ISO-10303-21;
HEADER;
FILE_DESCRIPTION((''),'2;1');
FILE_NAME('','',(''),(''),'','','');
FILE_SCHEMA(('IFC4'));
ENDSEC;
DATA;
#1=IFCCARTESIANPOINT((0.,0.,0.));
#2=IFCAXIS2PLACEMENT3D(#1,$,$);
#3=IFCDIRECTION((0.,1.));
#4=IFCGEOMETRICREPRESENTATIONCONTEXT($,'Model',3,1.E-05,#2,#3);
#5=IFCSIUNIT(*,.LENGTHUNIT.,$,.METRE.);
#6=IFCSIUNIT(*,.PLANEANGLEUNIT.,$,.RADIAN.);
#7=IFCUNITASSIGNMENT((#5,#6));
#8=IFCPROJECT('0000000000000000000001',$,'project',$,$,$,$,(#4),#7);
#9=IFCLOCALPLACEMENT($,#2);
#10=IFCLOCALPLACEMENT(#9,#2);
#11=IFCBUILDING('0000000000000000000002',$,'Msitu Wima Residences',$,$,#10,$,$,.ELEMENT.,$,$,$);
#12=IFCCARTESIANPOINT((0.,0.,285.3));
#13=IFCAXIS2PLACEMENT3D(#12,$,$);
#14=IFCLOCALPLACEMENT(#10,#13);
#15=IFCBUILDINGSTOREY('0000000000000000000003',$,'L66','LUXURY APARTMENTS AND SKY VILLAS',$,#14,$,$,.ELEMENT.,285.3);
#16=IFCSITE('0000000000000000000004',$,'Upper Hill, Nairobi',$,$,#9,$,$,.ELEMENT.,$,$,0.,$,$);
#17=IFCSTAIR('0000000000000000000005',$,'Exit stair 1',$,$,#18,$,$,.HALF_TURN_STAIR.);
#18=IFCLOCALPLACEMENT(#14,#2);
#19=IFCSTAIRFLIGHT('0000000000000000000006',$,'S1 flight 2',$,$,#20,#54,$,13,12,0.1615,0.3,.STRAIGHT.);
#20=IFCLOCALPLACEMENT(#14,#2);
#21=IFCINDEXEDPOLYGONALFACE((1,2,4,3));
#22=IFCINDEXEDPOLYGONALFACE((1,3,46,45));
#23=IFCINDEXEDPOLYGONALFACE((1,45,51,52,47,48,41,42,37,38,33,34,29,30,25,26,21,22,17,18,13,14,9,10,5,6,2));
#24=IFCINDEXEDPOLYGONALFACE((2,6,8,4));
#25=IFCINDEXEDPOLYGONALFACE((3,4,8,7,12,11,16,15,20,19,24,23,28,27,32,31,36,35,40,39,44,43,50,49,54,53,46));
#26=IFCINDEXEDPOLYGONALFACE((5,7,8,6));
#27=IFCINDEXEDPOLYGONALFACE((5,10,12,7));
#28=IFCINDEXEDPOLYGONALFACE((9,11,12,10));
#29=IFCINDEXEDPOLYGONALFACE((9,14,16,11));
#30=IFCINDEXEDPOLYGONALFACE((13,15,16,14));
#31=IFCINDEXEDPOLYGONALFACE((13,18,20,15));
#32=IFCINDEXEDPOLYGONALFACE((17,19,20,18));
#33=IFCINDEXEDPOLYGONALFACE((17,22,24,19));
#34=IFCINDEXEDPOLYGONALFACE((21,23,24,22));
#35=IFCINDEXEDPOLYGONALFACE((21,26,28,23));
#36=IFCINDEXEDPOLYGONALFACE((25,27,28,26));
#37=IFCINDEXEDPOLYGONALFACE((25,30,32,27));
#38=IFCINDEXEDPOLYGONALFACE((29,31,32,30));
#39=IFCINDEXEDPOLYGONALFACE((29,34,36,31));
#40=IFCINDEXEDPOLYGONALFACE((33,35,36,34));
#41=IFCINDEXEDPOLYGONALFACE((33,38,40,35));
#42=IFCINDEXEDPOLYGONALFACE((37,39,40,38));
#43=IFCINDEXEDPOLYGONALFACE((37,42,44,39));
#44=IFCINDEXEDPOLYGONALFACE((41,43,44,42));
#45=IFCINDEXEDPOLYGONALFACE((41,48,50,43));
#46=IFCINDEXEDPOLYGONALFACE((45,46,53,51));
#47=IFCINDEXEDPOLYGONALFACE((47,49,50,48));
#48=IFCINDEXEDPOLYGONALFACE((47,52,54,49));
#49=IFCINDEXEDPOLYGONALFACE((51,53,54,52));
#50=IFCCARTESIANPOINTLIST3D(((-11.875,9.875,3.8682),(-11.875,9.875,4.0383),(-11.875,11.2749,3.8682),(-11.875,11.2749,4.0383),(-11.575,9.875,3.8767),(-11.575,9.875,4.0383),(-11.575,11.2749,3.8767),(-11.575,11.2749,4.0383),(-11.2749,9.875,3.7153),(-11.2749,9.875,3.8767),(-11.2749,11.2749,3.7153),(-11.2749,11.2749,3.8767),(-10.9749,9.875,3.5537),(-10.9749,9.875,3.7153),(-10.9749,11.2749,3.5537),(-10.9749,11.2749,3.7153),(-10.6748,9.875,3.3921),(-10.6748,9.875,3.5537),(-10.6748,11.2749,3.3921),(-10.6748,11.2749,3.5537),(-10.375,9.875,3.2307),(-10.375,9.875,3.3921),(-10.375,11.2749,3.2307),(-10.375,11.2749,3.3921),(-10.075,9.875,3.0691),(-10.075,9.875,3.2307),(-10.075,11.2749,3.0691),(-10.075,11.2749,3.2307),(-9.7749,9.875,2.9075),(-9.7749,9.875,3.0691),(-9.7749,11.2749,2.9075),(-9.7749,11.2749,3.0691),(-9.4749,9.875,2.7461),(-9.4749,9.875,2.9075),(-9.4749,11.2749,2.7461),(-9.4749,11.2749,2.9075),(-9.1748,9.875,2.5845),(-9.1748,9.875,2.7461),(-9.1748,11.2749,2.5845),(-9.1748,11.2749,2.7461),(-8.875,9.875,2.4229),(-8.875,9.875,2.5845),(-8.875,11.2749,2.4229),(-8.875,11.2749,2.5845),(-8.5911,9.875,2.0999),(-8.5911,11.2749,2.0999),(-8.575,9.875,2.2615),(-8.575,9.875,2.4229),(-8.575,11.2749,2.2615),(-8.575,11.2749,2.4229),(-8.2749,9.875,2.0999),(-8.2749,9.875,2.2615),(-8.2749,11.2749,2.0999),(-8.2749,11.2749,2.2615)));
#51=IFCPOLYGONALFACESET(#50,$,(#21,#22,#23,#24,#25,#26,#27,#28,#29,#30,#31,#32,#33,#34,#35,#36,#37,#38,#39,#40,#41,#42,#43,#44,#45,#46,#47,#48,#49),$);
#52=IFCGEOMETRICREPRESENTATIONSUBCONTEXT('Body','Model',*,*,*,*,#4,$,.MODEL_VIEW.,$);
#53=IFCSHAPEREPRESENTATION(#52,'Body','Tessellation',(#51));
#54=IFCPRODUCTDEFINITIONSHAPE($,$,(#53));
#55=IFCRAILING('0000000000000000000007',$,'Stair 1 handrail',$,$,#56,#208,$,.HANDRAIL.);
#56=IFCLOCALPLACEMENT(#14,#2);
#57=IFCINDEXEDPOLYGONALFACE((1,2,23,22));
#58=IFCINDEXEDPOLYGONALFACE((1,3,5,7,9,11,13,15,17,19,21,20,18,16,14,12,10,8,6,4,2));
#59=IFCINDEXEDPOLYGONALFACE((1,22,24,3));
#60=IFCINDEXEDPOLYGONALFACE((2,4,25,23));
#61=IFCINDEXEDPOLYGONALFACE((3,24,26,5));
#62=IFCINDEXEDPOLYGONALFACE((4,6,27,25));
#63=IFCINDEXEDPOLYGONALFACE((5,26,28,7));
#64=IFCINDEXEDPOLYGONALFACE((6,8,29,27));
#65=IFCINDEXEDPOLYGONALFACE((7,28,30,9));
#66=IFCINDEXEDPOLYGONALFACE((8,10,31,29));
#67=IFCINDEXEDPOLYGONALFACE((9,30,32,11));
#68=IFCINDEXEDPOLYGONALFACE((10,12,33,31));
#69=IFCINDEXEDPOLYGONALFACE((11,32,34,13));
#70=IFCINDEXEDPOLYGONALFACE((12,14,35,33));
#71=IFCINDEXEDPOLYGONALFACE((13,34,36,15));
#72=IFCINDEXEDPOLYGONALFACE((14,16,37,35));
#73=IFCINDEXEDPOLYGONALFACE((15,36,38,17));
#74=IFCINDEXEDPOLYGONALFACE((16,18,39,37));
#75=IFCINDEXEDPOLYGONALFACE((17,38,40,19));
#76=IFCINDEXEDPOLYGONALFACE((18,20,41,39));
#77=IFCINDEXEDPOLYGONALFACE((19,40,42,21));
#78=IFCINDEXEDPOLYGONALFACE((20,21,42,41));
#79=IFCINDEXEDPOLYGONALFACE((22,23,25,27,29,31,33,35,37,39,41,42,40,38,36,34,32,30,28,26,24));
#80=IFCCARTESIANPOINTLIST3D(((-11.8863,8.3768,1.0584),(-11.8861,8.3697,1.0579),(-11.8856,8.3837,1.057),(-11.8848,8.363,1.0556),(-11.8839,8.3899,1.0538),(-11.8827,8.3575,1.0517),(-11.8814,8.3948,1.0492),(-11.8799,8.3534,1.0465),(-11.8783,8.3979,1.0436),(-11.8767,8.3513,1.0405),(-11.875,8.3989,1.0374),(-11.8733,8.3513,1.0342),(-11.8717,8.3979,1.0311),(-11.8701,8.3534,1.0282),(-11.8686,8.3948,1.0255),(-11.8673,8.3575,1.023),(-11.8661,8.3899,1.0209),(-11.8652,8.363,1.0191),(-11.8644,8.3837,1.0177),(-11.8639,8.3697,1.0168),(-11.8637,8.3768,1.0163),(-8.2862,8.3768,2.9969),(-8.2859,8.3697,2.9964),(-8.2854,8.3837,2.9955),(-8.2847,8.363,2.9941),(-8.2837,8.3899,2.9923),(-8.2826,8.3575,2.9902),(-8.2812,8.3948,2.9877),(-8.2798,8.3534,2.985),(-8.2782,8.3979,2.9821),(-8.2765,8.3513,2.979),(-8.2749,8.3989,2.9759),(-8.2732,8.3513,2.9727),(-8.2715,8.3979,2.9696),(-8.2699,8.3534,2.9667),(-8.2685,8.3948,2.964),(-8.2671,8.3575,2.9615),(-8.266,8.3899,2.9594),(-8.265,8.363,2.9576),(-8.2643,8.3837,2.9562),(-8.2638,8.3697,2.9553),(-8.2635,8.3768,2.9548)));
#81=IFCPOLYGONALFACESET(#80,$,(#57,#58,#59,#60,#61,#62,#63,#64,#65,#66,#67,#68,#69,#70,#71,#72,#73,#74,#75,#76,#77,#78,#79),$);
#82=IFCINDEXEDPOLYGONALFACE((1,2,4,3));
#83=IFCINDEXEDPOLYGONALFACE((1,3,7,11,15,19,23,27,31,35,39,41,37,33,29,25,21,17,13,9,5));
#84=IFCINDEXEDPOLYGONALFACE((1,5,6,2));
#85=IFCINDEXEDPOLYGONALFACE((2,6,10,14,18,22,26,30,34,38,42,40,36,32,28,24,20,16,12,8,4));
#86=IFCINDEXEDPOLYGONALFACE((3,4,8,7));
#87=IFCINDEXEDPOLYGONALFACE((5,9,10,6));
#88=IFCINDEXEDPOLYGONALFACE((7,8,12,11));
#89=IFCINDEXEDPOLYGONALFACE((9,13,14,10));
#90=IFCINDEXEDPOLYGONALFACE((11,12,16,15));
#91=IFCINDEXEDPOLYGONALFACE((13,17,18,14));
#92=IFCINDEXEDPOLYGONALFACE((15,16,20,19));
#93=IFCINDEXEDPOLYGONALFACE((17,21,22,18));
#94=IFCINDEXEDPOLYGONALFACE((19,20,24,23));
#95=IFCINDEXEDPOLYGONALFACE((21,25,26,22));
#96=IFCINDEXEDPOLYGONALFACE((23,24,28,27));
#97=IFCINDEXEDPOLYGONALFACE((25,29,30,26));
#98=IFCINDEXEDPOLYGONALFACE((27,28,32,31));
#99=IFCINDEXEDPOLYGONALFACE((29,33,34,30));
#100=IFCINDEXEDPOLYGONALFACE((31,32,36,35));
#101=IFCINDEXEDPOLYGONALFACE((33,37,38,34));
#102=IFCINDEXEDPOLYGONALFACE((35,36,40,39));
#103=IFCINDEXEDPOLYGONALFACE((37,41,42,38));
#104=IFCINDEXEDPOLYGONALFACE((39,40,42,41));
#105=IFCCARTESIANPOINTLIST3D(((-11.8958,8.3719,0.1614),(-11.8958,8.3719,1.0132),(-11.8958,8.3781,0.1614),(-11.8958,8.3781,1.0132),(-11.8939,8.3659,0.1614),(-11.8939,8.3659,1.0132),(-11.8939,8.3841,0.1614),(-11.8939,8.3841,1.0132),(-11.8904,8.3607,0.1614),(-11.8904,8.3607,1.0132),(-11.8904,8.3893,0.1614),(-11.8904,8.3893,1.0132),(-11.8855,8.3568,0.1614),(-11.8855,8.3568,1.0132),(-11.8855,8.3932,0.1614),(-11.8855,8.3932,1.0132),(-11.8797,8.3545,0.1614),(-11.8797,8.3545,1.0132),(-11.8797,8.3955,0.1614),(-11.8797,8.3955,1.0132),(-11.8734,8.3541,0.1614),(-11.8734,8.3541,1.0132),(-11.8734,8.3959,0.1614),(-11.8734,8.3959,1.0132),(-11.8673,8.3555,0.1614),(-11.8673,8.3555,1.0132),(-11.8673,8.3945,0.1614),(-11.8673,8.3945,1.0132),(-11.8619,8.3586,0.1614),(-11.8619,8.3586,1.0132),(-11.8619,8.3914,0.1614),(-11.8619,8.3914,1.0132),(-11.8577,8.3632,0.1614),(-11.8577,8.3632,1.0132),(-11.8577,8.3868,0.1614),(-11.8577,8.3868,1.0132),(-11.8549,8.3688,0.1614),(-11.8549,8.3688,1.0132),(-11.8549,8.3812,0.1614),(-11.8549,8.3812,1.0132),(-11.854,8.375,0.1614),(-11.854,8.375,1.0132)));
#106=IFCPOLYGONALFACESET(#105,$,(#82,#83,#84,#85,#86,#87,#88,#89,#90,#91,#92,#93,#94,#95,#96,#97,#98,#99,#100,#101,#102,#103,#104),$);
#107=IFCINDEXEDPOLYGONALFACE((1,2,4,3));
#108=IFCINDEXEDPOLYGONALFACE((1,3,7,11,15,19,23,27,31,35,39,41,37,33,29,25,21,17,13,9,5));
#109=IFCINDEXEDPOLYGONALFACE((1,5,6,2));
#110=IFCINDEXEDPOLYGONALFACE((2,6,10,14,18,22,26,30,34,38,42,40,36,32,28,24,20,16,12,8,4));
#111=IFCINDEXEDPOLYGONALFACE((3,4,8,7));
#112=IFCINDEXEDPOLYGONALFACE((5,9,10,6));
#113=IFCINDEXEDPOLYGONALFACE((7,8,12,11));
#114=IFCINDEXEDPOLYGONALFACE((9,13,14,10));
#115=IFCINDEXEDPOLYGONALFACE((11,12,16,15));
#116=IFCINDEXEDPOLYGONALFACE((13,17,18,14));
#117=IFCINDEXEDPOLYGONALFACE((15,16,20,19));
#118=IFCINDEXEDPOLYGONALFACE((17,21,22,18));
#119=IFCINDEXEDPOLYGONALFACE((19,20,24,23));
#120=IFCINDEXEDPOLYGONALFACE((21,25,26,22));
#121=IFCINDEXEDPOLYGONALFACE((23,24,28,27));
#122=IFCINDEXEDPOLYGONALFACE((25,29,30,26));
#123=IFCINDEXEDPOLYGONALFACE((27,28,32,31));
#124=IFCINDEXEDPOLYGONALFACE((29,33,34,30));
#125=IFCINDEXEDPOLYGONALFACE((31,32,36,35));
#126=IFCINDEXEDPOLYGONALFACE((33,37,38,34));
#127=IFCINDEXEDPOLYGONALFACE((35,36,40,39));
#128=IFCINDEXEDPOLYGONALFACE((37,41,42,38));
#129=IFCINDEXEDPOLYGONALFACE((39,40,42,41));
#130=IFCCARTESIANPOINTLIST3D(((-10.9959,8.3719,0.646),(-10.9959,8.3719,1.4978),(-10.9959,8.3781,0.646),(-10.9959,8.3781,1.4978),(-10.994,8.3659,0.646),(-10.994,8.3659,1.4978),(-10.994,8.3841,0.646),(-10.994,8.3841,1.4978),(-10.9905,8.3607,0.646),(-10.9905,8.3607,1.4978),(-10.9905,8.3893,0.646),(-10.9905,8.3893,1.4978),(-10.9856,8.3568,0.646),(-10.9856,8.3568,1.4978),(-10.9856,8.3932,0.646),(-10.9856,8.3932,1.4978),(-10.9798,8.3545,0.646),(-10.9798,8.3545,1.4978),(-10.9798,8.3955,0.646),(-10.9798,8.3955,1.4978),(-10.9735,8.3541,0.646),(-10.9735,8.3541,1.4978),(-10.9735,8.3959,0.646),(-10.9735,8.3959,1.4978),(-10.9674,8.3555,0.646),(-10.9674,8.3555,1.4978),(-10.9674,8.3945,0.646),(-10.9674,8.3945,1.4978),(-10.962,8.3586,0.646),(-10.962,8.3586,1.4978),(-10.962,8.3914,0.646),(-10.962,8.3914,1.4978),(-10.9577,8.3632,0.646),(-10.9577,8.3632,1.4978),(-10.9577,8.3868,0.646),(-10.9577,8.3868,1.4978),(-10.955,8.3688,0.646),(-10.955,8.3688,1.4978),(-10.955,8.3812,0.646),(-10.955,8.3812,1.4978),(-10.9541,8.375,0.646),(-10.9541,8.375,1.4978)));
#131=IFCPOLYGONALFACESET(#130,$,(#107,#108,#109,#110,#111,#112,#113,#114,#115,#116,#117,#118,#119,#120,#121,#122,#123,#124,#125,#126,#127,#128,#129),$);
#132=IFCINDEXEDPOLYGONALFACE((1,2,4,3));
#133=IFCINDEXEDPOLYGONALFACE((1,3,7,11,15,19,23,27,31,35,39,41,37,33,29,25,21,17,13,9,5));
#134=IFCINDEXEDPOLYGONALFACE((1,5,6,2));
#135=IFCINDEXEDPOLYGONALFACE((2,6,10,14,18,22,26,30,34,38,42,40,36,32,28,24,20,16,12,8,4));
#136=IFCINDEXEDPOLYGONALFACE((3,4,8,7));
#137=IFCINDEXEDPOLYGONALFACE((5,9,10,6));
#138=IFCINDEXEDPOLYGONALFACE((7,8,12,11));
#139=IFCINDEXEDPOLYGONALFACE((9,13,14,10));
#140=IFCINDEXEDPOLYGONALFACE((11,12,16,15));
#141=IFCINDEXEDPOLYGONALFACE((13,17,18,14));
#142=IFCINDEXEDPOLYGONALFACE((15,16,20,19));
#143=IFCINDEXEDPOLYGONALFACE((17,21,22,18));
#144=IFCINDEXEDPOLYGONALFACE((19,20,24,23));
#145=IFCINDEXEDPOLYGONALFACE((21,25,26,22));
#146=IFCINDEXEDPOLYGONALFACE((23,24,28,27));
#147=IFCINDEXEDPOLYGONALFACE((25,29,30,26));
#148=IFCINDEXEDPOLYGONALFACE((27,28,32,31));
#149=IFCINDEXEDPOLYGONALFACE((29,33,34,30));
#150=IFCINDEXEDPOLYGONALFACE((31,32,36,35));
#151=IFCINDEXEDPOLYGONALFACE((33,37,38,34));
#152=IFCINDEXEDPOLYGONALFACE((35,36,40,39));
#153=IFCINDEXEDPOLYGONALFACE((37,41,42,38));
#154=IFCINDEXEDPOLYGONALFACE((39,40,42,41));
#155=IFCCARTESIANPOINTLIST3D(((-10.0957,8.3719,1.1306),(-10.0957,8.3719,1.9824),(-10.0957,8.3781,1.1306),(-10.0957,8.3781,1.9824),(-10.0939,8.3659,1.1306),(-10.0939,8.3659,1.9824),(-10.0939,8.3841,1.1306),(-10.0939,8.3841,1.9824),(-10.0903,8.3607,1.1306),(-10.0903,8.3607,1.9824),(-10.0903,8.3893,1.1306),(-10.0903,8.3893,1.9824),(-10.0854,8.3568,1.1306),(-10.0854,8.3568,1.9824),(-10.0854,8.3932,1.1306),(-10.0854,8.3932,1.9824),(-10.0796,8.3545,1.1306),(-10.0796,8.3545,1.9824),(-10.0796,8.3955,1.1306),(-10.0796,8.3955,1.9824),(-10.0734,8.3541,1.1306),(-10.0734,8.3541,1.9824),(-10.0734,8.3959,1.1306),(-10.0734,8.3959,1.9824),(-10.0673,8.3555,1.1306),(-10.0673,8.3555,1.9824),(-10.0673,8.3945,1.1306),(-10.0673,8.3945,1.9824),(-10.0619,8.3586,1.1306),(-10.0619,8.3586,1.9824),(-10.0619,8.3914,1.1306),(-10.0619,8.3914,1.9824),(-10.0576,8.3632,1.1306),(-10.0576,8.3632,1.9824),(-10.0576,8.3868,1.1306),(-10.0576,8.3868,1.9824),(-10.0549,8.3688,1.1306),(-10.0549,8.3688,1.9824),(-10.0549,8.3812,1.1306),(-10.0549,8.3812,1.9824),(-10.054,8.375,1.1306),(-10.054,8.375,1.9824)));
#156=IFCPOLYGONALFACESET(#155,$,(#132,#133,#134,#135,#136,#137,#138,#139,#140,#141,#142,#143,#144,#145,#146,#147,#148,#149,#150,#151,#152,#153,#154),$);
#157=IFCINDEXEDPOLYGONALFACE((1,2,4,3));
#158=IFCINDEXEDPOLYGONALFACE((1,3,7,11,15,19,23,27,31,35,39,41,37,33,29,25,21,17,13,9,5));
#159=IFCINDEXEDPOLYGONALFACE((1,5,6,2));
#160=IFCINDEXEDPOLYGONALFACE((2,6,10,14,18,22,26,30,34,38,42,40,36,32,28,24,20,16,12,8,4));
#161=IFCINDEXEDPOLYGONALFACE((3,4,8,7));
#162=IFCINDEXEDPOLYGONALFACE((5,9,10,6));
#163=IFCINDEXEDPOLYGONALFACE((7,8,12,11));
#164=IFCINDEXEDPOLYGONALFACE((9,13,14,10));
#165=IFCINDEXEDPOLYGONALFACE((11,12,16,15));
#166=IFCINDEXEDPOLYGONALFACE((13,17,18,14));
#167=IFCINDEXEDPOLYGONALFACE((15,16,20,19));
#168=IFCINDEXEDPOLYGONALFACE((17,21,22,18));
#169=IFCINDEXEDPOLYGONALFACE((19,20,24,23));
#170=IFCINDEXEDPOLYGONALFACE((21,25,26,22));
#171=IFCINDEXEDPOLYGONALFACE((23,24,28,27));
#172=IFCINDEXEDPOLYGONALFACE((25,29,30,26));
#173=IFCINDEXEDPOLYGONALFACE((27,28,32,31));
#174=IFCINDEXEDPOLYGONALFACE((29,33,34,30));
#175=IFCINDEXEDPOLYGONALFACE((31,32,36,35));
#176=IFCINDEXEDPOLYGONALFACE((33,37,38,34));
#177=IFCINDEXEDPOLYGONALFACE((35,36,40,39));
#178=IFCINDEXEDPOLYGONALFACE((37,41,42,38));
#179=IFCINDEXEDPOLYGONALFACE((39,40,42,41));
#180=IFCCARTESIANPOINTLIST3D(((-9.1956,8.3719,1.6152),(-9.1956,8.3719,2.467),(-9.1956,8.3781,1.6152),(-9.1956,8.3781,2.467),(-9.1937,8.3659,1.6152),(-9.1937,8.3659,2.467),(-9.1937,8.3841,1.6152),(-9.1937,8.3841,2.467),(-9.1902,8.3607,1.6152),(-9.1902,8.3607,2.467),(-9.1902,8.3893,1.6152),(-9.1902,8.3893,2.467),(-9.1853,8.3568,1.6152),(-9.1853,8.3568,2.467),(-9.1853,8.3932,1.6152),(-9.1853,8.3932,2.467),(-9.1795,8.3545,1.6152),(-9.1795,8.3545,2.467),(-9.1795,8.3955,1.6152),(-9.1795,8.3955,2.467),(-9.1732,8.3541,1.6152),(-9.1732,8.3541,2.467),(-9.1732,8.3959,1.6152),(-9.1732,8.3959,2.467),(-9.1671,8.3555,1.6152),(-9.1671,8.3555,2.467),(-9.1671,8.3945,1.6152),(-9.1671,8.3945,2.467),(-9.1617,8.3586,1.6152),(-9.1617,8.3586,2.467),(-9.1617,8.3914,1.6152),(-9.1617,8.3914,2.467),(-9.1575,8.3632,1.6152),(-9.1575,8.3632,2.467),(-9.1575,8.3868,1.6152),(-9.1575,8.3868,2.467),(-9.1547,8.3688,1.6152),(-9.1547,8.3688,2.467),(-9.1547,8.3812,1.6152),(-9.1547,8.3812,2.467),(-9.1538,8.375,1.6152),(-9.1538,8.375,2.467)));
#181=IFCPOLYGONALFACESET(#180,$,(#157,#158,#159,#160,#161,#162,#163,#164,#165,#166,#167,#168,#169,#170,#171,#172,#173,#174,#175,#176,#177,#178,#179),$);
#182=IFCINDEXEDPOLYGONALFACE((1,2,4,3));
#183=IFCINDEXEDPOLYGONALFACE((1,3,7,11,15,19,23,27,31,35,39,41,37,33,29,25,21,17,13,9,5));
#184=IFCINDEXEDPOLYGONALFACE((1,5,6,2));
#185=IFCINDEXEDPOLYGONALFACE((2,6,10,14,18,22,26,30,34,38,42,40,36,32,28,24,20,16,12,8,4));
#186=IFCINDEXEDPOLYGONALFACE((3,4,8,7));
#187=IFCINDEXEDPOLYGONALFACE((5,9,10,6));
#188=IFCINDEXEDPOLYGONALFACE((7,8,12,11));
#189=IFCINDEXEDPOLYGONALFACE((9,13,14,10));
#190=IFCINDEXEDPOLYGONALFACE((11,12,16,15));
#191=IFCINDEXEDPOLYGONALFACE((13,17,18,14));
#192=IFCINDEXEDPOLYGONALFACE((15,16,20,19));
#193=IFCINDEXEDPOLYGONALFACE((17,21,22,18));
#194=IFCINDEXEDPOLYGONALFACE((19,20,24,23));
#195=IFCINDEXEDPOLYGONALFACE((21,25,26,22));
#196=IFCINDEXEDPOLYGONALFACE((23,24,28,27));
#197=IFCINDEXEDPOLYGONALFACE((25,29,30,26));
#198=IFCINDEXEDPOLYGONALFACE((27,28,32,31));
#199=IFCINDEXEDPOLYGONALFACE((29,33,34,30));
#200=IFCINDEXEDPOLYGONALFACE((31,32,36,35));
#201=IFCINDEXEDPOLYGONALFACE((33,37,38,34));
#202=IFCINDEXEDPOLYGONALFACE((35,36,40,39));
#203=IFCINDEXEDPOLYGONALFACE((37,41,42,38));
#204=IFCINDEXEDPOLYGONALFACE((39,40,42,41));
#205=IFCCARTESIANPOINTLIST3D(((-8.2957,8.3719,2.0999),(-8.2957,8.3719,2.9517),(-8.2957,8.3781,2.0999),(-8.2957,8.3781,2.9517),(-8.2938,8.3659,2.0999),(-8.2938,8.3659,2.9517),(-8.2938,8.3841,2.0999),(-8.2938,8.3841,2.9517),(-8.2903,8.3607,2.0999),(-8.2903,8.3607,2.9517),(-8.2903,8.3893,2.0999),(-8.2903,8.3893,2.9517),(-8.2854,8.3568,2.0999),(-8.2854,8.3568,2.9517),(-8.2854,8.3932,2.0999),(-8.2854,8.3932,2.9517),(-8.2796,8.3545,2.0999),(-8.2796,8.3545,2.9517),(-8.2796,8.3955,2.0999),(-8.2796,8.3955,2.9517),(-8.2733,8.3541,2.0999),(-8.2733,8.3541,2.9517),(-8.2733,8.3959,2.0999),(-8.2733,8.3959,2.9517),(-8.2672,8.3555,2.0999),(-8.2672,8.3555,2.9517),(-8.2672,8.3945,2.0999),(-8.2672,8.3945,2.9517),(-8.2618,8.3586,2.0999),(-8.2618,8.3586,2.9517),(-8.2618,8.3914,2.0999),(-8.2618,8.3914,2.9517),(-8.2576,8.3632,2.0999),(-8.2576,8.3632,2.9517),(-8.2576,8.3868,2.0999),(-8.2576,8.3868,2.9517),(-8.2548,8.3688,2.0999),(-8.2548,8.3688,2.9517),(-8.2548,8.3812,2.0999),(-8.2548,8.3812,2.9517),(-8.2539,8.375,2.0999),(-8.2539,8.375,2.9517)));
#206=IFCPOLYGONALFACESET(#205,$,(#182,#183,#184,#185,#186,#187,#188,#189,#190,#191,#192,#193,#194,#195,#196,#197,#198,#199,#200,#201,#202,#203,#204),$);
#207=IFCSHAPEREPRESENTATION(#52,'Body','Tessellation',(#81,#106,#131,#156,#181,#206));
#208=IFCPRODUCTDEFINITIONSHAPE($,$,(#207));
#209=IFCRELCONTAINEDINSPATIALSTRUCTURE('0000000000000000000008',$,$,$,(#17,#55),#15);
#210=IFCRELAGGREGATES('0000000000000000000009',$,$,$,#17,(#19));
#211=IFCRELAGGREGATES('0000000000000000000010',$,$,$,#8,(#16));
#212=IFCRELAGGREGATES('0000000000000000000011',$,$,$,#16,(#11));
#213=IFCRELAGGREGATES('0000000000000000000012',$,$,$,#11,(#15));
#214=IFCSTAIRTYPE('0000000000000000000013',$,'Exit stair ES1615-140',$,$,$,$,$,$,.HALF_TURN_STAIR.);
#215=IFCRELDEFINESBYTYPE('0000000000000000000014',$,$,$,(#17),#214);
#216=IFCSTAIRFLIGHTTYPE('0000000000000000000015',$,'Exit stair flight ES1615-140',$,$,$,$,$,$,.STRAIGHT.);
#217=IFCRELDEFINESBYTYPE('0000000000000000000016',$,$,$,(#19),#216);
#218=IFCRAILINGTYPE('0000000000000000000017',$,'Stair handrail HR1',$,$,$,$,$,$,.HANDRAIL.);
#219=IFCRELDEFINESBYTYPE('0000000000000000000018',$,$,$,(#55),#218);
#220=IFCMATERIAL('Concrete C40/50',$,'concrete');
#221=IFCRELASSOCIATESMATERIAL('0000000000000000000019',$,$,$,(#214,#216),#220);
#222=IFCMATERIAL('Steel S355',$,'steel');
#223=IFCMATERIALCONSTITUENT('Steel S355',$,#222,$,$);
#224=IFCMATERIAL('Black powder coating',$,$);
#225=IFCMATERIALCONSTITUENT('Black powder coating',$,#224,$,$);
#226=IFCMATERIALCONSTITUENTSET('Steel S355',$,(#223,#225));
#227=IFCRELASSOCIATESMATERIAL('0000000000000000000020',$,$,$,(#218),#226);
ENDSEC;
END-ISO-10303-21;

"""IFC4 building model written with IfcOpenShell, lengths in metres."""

from ifc_helpers import new_model, si_unit, direction, frame, origin, origin_2d, place, context, subcontext, project, spatial, polyline, circle, outline, extrude, material, constituent, constituent_set, type_object, element, aggregate, save


model = new_model("IFC4")

# Units and contexts
model_context = context("Model", 3, precision=1e-05, world=origin(), true_north=direction((0.0, 1.0)))
body_context = subcontext(model_context, "Body", "Model", "MODEL_VIEW")
ifc_project = project(units=[si_unit("LENGTHUNIT", "METRE"), si_unit("PLANEANGLEUNIT", "RADIAN")], contexts=[model_context])

# Site, building, storey
site_placement = place(None, origin())
site = spatial("IfcSite", under=ifc_project, at=site_placement, Name="Upper Hill, Nairobi", CompositionType="ELEMENT", RefElevation=0.0)
building_placement = place(site_placement, origin())
building = spatial("IfcBuilding", under=site, at=building_placement, Name="Msitu Wima Residences", CompositionType="ELEMENT")
storey_placement = place(building_placement, frame((0.0, 0.0, 285.3)))
storey = spatial("IfcBuildingStorey", under=building, at=storey_placement, Name="L66", Description="LUXURY APARTMENTS AND SKY VILLAS", CompositionType="ELEMENT", Elevation=285.3)

# Shared definitions
ifc_material_1 = material(Name="Concrete C40/50", Category="concrete")

# Stair, stair flight
stair_type = type_object("IfcStairType", Name="Exit stair ES1615-140", PredefinedType="HALF_TURN_STAIR", material=ifc_material_1)
stair_placement = place(storey_placement, origin())
stair = element("IfcStair", 1, at=stair_placement, inside=storey, type_object=stair_type, Name="Exit stair 1", PredefinedType="HALF_TURN_STAIR")
stair_flight_type = type_object("IfcStairFlightType", Name="Exit stair flight ES1615-140", PredefinedType="STRAIGHT", material=ifc_material_1)
stair_flight_1_placement = place(storey_placement, frame((-8.2749, 10.575, 2.0999), z_axis=(0.0, 0.0, 1.0), x_axis=(-1.0, 0.0, 0.0)))
stair_flight_1 = element("IfcStairFlight", 2, at=stair_flight_1_placement, type_object=stair_flight_type, Name="S1 flight 2", NumberOfRisers=13, NumberOfTreads=12, PredefinedType="STRAIGHT", RiserHeight=0.1615, TreadLength=0.3, context=body_context, shape_type="SweptSolid", body=[
    extrude(outline(polyline([(0.0, 0.0), (0.0, 0.1616), (0.3, 0.1616), (0.3, 0.323), (0.6001, 0.323), (0.6001, 0.4846), (0.8999, 0.4846), (0.8999, 0.6462), (1.2, 0.6462), (1.2, 0.8076), (1.5, 0.8076), (1.5, 0.9692), (1.8, 0.9692), (1.8, 1.1309), (2.1001, 1.1309), (2.1001, 1.2922), (2.3999, 1.2922), (2.3999, 1.4539), (2.7, 1.4539), (2.7, 1.6155), (3.0, 1.6155), (3.0, 1.7769), (3.3, 1.7769), (3.3, 1.9385), (3.6001, 1.9385), (3.6001, 2.1001), (3.6001, 1.7683), (0.3162, 0.0), (0.0, 0.0)])), frame((0.0, 0.7, 0.0), z_axis=(0.0, -1.0, 0.0), x_axis=(1.0, 0.0, 0.0)), (0.0, 0.0, 1.0), 1.3999),
])
aggregate(stair, [stair_flight_1])

# Railing
ifc_material_2 = material(Name="Steel S355", Category="steel")
ifc_constituent_1 = constituent(ifc_material_2, Name="Steel S355")
ifc_material_3 = material(Name="Black powder coating")
ifc_constituent_2 = constituent(ifc_material_3, Name="Black powder coating")
ifc_constituent_set = constituent_set(constituents=[ifc_constituent_1, ifc_constituent_2], Name="Steel S355")
railing_type = type_object("IfcRailingType", Name="Stair handrail HR1", PredefinedType="HANDRAIL", material=ifc_constituent_set)
for number, where, name in (
    (3, (-11.875, 8.375, 0.1614), "Stair 1 handrail"),
):
    element("IfcRailing", number, at=place(storey_placement, frame(where)), inside=storey, type_object=railing_type, Name=name, PredefinedType="HANDRAIL", context=body_context, shape_type="SweptSolid", body=[
        extrude(circle(Radius=0.0239, at=origin_2d()), frame((0.0, 0.0, 0.876), z_axis=(0.880475, 0.0, 0.474093), x_axis=(0.0, 1.0, 0.0)), (0.0, 0.0, 1.0), 4.0889),
        extrude(circle(Radius=0.021, at=origin_2d()), origin(), (0.0, 0.0, 1.0), 0.8518),
        extrude(circle(Radius=0.021, at=origin_2d()), frame((0.8999, 0.0, 0.4846)), (0.0, 0.0, 1.0), 0.8518),
        extrude(circle(Radius=0.021, at=origin_2d()), frame((1.8, 0.0, 0.9692)), (0.0, 0.0, 1.0), 0.8518),
        extrude(circle(Radius=0.021, at=origin_2d()), frame((2.7002, 0.0, 1.4539)), (0.0, 0.0, 1.0), 0.8518),
        extrude(circle(Radius=0.021, at=origin_2d()), frame((3.6001, 0.0, 1.9385)), (0.0, 0.0, 1.0), 0.8518),
    ])

save(model, "model.ifc")
